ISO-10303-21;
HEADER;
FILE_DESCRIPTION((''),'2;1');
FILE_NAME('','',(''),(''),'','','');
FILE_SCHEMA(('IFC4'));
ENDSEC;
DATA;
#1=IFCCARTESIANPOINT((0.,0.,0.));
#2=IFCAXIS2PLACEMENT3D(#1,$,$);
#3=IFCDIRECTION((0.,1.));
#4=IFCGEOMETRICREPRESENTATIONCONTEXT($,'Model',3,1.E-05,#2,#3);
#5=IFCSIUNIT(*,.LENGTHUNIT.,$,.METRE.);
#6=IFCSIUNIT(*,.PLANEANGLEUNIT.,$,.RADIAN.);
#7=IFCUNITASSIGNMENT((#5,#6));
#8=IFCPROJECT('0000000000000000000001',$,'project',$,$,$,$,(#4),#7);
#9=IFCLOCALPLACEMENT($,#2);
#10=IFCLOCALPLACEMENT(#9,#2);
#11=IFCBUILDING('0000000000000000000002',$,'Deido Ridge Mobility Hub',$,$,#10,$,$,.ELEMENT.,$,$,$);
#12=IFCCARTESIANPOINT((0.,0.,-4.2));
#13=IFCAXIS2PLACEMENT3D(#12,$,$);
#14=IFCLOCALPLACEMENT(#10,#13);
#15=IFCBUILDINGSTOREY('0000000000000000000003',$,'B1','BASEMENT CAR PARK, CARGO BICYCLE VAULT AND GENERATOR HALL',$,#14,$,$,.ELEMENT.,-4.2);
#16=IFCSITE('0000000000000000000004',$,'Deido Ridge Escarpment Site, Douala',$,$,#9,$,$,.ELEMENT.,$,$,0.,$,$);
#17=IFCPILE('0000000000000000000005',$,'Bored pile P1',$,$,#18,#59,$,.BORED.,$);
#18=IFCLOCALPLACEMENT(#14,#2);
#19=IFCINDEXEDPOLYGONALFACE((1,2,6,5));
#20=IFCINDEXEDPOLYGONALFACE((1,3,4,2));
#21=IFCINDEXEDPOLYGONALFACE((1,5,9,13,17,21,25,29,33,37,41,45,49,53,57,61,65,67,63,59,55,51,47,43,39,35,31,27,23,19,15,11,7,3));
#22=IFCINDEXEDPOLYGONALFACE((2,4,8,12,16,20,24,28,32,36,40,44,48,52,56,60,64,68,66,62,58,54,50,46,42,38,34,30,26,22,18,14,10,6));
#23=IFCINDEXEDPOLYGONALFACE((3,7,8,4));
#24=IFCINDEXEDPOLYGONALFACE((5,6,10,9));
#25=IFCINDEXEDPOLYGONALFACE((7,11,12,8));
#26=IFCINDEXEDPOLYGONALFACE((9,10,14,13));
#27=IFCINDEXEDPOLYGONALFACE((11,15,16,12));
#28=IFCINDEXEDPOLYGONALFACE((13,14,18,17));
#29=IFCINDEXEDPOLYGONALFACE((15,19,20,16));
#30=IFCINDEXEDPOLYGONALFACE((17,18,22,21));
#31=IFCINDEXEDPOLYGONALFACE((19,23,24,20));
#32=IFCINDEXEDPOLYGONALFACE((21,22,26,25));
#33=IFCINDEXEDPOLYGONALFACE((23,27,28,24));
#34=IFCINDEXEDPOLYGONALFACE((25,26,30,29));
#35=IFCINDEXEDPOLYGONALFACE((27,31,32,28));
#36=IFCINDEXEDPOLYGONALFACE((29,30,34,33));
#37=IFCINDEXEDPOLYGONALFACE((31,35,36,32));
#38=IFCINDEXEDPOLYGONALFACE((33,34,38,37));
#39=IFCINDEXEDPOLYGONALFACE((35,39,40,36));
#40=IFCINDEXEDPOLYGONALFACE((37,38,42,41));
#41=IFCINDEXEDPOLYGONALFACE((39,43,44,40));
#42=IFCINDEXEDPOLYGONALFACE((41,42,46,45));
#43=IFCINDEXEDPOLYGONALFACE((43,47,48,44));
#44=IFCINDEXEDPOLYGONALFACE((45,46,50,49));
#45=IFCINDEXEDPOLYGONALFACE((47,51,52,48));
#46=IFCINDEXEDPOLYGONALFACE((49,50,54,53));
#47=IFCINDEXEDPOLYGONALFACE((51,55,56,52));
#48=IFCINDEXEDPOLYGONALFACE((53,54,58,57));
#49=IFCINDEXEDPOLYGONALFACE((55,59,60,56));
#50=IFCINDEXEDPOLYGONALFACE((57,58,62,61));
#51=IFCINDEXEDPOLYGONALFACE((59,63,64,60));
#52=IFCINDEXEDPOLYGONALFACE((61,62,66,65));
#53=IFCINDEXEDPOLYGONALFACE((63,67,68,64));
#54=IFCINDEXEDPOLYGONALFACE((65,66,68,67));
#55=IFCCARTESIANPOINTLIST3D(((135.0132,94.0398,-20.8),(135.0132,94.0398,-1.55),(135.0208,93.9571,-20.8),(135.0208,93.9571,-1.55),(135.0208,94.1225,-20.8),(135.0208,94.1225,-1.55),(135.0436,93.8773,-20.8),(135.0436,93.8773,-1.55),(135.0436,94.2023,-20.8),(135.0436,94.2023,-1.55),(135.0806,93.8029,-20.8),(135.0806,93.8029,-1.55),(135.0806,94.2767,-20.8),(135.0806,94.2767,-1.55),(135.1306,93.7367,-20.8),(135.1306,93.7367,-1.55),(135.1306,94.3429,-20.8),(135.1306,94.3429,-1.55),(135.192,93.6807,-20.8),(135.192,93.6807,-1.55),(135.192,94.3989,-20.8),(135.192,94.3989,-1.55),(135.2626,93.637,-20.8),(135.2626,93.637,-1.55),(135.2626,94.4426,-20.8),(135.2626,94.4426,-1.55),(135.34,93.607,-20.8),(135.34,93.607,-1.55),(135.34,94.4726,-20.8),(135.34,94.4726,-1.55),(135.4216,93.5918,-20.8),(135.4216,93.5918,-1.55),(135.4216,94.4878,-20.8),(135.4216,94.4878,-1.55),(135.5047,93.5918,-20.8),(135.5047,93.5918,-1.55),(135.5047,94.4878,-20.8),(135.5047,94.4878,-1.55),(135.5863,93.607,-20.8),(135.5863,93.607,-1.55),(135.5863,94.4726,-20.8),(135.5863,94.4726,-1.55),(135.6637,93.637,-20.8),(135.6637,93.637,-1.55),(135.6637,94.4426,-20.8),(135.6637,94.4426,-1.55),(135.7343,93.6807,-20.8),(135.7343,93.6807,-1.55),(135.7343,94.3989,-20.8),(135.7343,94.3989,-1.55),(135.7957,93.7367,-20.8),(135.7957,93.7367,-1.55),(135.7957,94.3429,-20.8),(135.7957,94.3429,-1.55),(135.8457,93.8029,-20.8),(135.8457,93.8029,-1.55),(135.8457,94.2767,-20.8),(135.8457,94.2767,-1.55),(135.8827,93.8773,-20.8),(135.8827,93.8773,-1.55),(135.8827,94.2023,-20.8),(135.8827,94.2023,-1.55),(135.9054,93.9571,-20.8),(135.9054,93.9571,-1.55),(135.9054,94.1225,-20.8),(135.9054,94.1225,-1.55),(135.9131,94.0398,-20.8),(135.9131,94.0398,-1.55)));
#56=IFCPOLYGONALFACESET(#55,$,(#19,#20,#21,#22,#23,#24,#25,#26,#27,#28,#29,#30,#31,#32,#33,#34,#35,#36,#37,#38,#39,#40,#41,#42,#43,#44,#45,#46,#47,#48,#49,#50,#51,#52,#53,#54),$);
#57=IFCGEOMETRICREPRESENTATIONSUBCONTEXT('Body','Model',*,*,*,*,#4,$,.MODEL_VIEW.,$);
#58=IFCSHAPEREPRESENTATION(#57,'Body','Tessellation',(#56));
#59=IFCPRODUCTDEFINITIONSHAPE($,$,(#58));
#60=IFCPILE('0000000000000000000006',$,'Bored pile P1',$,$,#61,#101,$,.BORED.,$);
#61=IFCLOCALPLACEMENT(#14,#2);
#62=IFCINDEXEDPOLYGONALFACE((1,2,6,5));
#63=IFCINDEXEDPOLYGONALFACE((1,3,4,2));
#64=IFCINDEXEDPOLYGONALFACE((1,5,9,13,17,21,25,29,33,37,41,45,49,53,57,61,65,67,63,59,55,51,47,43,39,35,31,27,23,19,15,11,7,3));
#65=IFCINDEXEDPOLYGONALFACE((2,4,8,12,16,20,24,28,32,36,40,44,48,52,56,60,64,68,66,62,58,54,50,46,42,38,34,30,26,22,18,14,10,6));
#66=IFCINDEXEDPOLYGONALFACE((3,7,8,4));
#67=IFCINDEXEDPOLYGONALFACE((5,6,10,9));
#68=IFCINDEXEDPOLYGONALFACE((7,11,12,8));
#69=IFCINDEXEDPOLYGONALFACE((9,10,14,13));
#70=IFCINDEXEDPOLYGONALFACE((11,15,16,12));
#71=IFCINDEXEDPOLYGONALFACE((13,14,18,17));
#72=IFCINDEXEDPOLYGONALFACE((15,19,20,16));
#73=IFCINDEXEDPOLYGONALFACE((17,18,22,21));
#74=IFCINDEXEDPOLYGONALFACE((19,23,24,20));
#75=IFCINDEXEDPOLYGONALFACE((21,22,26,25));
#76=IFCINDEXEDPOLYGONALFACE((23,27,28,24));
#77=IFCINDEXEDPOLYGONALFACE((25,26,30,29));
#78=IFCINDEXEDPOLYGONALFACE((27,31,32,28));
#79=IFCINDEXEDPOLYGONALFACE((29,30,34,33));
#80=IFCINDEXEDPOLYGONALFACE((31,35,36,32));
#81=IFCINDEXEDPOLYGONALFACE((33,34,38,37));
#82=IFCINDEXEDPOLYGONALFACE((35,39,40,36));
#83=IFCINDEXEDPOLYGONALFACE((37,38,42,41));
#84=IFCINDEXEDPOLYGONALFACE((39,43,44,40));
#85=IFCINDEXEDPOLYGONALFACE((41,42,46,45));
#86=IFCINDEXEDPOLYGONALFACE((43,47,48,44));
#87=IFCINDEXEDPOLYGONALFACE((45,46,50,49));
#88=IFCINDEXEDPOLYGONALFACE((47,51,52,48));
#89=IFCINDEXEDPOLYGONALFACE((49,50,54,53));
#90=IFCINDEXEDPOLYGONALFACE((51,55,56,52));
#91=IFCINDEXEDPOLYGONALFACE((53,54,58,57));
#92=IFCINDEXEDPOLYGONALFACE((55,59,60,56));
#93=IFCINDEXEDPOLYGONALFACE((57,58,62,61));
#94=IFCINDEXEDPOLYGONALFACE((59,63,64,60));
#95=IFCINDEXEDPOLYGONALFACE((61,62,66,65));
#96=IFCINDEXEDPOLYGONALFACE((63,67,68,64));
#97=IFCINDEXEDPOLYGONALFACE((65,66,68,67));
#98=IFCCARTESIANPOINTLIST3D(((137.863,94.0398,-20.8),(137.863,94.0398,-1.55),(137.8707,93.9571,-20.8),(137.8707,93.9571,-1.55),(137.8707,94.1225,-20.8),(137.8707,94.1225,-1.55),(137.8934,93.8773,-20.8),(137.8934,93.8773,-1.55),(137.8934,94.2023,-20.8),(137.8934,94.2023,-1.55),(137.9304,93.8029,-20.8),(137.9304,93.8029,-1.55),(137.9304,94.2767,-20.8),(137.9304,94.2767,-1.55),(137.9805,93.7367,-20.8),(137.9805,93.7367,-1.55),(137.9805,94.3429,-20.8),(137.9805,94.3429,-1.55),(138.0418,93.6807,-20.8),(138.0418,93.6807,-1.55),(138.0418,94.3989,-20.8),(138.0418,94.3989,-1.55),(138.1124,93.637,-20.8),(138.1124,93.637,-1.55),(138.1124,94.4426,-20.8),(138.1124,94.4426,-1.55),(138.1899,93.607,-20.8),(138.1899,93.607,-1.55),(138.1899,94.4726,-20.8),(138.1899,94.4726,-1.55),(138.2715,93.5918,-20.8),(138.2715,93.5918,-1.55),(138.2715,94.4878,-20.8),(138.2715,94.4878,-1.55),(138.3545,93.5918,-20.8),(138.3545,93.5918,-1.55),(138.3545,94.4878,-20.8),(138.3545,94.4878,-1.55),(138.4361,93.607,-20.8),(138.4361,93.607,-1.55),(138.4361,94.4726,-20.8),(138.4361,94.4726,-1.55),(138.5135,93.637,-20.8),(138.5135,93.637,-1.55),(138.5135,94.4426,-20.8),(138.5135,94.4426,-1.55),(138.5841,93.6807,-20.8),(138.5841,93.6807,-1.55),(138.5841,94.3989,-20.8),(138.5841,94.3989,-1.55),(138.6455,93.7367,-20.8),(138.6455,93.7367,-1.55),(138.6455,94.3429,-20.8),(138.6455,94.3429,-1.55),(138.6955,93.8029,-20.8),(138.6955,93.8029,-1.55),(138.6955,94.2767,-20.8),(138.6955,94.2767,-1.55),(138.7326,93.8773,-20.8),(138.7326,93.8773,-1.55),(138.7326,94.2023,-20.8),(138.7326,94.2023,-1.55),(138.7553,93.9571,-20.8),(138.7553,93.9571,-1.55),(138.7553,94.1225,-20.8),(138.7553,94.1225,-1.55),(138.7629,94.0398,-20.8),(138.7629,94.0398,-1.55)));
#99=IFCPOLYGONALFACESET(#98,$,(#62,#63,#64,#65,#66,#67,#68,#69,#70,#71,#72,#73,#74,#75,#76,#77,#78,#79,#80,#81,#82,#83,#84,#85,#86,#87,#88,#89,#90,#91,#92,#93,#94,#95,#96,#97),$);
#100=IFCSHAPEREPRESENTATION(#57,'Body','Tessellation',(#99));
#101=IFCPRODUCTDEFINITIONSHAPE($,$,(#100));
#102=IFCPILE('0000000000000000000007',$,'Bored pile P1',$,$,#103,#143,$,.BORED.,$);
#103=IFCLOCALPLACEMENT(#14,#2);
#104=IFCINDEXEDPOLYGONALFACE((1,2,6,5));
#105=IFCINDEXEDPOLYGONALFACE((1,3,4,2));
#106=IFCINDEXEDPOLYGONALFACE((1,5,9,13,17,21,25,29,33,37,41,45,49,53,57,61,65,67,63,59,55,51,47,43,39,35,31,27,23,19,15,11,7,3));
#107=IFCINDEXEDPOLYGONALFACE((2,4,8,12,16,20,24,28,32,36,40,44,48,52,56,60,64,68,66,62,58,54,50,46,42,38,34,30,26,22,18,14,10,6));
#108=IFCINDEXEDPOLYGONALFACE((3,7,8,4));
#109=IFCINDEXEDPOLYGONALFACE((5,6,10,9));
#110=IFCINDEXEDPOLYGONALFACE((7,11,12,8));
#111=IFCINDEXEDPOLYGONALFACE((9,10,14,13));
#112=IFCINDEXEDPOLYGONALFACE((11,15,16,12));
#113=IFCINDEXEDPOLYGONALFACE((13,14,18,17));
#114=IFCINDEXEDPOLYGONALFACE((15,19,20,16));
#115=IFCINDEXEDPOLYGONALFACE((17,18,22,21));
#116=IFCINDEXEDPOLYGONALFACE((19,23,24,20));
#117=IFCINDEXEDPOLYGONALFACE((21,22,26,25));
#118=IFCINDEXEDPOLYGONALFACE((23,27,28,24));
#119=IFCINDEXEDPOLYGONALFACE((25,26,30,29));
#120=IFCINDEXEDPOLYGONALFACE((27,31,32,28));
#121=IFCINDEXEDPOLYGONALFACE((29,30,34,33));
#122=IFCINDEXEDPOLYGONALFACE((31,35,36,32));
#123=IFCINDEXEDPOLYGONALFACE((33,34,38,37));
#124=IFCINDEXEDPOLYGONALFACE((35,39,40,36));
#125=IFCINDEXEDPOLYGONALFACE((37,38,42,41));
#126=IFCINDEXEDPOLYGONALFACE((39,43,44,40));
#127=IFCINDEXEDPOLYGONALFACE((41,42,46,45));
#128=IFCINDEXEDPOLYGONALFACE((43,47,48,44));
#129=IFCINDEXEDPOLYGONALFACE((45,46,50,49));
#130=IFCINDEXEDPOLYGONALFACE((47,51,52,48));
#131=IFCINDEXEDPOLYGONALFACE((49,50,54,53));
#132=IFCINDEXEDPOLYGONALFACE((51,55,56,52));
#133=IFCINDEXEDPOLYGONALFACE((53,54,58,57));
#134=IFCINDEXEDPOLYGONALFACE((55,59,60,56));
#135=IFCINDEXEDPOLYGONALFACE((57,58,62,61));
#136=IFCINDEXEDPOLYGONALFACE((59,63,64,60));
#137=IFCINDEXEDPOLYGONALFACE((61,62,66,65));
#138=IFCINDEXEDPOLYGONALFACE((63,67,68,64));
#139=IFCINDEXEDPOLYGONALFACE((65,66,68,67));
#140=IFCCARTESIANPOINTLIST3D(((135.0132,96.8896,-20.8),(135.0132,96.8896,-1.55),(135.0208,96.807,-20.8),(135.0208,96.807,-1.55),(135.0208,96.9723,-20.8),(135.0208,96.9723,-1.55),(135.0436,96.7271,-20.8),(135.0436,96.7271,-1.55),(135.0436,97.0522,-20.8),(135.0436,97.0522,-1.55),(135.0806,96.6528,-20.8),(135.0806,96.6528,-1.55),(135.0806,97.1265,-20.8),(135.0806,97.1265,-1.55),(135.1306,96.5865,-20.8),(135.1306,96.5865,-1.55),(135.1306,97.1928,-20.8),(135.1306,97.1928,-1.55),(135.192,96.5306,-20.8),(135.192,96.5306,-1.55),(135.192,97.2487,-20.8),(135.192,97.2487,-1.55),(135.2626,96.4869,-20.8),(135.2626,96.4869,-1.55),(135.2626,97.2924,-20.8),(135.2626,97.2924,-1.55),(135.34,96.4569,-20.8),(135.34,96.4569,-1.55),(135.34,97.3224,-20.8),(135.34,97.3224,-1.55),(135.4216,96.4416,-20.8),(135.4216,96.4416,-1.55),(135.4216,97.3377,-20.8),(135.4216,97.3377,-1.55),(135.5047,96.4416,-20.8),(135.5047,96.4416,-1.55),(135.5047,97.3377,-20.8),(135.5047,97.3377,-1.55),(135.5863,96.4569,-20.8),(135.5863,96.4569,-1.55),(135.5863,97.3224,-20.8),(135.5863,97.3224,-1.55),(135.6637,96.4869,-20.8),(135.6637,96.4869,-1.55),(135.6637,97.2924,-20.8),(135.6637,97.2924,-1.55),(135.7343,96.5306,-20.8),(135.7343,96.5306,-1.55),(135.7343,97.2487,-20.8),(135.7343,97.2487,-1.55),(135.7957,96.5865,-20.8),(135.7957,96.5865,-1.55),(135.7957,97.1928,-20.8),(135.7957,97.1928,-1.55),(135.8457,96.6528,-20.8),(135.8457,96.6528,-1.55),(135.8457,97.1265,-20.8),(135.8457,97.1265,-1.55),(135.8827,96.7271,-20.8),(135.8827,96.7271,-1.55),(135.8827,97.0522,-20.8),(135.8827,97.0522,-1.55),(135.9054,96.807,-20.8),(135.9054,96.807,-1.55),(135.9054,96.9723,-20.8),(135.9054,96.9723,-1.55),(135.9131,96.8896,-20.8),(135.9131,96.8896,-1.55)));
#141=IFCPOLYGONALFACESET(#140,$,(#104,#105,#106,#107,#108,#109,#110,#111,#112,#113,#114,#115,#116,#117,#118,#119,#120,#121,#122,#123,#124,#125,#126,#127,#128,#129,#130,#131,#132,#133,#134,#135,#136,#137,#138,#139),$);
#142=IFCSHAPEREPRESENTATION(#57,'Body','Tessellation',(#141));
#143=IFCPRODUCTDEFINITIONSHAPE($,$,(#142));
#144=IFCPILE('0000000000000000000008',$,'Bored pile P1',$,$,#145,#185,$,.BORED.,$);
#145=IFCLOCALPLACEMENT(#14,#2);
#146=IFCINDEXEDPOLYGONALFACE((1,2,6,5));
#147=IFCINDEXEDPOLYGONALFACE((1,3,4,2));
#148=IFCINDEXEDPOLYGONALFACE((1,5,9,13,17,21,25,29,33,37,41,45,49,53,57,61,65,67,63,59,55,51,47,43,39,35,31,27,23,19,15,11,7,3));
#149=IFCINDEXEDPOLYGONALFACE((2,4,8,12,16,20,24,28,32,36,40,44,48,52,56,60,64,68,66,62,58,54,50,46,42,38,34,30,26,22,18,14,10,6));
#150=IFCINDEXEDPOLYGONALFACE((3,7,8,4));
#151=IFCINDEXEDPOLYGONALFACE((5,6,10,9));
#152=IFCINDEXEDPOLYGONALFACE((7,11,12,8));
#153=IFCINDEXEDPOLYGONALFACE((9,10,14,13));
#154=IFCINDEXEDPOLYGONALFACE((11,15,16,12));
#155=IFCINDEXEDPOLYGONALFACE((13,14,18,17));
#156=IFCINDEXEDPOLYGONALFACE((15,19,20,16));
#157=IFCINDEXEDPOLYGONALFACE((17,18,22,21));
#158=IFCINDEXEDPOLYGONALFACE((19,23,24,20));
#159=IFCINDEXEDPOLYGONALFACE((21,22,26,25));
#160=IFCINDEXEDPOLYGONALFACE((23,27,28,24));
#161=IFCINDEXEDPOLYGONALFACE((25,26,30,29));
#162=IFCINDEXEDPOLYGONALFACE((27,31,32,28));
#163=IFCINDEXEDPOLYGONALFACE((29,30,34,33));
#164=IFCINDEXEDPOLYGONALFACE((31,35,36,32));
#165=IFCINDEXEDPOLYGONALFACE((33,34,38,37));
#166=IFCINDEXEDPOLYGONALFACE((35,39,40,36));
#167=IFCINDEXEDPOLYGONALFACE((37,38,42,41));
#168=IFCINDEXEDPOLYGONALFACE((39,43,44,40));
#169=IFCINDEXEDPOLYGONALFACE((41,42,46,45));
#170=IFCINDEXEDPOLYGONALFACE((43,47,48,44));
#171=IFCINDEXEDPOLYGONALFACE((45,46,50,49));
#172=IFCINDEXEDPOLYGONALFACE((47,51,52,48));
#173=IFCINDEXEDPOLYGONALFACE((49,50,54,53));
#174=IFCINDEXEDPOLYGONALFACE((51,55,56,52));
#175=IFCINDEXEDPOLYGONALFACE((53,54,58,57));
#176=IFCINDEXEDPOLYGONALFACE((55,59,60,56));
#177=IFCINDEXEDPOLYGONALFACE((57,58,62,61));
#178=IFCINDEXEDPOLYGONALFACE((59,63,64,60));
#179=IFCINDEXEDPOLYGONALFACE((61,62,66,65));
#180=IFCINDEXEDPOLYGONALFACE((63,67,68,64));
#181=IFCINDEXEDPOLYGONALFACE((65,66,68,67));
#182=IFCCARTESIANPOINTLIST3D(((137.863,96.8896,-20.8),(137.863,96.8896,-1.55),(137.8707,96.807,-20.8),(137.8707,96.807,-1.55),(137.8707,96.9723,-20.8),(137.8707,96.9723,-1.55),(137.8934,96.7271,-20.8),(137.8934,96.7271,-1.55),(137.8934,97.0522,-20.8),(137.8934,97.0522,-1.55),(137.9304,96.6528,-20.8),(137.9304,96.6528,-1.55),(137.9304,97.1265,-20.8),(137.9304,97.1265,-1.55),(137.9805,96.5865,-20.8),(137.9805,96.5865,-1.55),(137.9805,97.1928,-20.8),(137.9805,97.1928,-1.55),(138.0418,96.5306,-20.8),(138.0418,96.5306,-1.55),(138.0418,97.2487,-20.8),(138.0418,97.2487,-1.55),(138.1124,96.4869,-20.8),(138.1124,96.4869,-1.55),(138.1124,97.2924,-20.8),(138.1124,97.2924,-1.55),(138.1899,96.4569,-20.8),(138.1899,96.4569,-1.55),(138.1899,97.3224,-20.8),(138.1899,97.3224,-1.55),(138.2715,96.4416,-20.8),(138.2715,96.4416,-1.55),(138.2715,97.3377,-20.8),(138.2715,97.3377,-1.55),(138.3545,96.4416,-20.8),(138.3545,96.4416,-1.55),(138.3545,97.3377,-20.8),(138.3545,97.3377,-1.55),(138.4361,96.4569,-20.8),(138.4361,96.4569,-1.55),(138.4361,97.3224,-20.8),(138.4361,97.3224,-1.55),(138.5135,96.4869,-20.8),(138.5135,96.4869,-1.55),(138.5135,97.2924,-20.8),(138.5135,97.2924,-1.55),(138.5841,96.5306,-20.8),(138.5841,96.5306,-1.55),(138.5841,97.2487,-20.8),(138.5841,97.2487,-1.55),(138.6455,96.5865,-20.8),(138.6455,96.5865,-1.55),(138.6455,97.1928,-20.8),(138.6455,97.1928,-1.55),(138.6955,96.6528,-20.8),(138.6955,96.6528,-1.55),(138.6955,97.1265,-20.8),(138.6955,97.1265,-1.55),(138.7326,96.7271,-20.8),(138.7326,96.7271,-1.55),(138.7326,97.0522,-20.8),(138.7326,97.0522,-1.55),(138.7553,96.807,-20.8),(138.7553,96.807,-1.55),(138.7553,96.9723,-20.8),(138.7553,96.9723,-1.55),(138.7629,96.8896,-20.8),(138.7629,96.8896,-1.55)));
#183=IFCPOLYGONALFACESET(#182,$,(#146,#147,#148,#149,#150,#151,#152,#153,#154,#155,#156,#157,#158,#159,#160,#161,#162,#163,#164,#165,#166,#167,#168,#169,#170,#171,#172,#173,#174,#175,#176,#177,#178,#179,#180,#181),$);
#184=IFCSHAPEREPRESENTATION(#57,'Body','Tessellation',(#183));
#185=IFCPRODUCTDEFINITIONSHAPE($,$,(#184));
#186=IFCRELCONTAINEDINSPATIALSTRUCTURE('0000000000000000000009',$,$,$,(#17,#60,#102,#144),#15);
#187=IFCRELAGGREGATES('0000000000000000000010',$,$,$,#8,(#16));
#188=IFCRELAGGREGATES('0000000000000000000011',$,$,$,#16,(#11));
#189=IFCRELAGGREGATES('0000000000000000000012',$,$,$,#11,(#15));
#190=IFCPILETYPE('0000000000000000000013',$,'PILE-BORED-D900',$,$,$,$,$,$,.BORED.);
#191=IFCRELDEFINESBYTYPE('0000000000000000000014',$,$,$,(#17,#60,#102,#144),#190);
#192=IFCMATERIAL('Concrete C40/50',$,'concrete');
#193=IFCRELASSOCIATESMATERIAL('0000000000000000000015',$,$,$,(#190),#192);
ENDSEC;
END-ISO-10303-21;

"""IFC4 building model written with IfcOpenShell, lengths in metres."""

from ifc_helpers import new_model, si_unit, direction, frame, origin, origin_2d, place, context, subcontext, project, spatial, circle, extrude, material, material_profile, profile_set, type_object, element, save


model = new_model("IFC4")

# Units and contexts
model_context = context("Model", 3, precision=1e-05, world=origin(), true_north=direction((0.0, 1.0)))
body_context = subcontext(model_context, "Body", "Model", "MODEL_VIEW")
ifc_project = project(units=[si_unit("LENGTHUNIT", "METRE"), si_unit("PLANEANGLEUNIT", "RADIAN")], contexts=[model_context])

# Site, building, storey
site_placement = place(None, origin())
site = spatial("IfcSite", under=ifc_project, at=site_placement, Name="Deido Ridge Escarpment Site, Douala", CompositionType="ELEMENT", RefElevation=0.0)
building_placement = place(site_placement, origin())
building = spatial("IfcBuilding", under=site, at=building_placement, Name="Deido Ridge Mobility Hub", CompositionType="ELEMENT")
storey_placement = place(building_placement, frame((0.0, 0.0, -4.2)))
storey = spatial("IfcBuildingStorey", under=building, at=storey_placement, Name="B1", Description="BASEMENT CAR PARK, CARGO BICYCLE VAULT AND GENERATOR HALL", CompositionType="ELEMENT", Elevation=-4.2)

# Shared definitions
ifc_material_1 = material(Name="Concrete C40/50", Category="concrete")

# Piles
ifc_material_profile_1 = material_profile(ifc_material_1, circle(Radius=0.45, at=origin_2d()), Name="BORED PILE D900")
ifc_profile_set_1 = profile_set([ifc_material_profile_1], Name="Concrete C40/50")
pile_type_1 = type_object("IfcPileType", Name="PILE-BORED-D900", PredefinedType="BORED", material=ifc_profile_set_1)
for number, where, z_axis, x_axis, name in (
    (1, (135.4631, 94.0398, -1.55), (0.0, 0.0, -1.0), (1.0, 0.0, 0.0), "Bored pile P1"),
    (2, (138.313, 94.0398, -1.55), (0.0, 0.0, -1.0), (1.0, 0.0, 0.0), "Bored pile P1"),
    (3, (135.4631, 96.8896, -1.55), (0.0, 0.0, -1.0), (1.0, 0.0, 0.0), "Bored pile P1"),
    (4, (138.313, 96.8896, -1.55), (0.0, 0.0, -1.0), (1.0, 0.0, 0.0), "Bored pile P1"),
):
    element("IfcPile", number, at=place(storey_placement, frame(where, z_axis=z_axis, x_axis=x_axis)), inside=storey, type_object=pile_type_1, Name=name, PredefinedType="BORED", context=body_context, shape_type="SweptSolid", body=[
        extrude(circle(Radius=0.45, at=origin_2d()), origin(), (0.0, 0.0, 1.0), 19.25),
    ])

save(model, "model.ifc")
